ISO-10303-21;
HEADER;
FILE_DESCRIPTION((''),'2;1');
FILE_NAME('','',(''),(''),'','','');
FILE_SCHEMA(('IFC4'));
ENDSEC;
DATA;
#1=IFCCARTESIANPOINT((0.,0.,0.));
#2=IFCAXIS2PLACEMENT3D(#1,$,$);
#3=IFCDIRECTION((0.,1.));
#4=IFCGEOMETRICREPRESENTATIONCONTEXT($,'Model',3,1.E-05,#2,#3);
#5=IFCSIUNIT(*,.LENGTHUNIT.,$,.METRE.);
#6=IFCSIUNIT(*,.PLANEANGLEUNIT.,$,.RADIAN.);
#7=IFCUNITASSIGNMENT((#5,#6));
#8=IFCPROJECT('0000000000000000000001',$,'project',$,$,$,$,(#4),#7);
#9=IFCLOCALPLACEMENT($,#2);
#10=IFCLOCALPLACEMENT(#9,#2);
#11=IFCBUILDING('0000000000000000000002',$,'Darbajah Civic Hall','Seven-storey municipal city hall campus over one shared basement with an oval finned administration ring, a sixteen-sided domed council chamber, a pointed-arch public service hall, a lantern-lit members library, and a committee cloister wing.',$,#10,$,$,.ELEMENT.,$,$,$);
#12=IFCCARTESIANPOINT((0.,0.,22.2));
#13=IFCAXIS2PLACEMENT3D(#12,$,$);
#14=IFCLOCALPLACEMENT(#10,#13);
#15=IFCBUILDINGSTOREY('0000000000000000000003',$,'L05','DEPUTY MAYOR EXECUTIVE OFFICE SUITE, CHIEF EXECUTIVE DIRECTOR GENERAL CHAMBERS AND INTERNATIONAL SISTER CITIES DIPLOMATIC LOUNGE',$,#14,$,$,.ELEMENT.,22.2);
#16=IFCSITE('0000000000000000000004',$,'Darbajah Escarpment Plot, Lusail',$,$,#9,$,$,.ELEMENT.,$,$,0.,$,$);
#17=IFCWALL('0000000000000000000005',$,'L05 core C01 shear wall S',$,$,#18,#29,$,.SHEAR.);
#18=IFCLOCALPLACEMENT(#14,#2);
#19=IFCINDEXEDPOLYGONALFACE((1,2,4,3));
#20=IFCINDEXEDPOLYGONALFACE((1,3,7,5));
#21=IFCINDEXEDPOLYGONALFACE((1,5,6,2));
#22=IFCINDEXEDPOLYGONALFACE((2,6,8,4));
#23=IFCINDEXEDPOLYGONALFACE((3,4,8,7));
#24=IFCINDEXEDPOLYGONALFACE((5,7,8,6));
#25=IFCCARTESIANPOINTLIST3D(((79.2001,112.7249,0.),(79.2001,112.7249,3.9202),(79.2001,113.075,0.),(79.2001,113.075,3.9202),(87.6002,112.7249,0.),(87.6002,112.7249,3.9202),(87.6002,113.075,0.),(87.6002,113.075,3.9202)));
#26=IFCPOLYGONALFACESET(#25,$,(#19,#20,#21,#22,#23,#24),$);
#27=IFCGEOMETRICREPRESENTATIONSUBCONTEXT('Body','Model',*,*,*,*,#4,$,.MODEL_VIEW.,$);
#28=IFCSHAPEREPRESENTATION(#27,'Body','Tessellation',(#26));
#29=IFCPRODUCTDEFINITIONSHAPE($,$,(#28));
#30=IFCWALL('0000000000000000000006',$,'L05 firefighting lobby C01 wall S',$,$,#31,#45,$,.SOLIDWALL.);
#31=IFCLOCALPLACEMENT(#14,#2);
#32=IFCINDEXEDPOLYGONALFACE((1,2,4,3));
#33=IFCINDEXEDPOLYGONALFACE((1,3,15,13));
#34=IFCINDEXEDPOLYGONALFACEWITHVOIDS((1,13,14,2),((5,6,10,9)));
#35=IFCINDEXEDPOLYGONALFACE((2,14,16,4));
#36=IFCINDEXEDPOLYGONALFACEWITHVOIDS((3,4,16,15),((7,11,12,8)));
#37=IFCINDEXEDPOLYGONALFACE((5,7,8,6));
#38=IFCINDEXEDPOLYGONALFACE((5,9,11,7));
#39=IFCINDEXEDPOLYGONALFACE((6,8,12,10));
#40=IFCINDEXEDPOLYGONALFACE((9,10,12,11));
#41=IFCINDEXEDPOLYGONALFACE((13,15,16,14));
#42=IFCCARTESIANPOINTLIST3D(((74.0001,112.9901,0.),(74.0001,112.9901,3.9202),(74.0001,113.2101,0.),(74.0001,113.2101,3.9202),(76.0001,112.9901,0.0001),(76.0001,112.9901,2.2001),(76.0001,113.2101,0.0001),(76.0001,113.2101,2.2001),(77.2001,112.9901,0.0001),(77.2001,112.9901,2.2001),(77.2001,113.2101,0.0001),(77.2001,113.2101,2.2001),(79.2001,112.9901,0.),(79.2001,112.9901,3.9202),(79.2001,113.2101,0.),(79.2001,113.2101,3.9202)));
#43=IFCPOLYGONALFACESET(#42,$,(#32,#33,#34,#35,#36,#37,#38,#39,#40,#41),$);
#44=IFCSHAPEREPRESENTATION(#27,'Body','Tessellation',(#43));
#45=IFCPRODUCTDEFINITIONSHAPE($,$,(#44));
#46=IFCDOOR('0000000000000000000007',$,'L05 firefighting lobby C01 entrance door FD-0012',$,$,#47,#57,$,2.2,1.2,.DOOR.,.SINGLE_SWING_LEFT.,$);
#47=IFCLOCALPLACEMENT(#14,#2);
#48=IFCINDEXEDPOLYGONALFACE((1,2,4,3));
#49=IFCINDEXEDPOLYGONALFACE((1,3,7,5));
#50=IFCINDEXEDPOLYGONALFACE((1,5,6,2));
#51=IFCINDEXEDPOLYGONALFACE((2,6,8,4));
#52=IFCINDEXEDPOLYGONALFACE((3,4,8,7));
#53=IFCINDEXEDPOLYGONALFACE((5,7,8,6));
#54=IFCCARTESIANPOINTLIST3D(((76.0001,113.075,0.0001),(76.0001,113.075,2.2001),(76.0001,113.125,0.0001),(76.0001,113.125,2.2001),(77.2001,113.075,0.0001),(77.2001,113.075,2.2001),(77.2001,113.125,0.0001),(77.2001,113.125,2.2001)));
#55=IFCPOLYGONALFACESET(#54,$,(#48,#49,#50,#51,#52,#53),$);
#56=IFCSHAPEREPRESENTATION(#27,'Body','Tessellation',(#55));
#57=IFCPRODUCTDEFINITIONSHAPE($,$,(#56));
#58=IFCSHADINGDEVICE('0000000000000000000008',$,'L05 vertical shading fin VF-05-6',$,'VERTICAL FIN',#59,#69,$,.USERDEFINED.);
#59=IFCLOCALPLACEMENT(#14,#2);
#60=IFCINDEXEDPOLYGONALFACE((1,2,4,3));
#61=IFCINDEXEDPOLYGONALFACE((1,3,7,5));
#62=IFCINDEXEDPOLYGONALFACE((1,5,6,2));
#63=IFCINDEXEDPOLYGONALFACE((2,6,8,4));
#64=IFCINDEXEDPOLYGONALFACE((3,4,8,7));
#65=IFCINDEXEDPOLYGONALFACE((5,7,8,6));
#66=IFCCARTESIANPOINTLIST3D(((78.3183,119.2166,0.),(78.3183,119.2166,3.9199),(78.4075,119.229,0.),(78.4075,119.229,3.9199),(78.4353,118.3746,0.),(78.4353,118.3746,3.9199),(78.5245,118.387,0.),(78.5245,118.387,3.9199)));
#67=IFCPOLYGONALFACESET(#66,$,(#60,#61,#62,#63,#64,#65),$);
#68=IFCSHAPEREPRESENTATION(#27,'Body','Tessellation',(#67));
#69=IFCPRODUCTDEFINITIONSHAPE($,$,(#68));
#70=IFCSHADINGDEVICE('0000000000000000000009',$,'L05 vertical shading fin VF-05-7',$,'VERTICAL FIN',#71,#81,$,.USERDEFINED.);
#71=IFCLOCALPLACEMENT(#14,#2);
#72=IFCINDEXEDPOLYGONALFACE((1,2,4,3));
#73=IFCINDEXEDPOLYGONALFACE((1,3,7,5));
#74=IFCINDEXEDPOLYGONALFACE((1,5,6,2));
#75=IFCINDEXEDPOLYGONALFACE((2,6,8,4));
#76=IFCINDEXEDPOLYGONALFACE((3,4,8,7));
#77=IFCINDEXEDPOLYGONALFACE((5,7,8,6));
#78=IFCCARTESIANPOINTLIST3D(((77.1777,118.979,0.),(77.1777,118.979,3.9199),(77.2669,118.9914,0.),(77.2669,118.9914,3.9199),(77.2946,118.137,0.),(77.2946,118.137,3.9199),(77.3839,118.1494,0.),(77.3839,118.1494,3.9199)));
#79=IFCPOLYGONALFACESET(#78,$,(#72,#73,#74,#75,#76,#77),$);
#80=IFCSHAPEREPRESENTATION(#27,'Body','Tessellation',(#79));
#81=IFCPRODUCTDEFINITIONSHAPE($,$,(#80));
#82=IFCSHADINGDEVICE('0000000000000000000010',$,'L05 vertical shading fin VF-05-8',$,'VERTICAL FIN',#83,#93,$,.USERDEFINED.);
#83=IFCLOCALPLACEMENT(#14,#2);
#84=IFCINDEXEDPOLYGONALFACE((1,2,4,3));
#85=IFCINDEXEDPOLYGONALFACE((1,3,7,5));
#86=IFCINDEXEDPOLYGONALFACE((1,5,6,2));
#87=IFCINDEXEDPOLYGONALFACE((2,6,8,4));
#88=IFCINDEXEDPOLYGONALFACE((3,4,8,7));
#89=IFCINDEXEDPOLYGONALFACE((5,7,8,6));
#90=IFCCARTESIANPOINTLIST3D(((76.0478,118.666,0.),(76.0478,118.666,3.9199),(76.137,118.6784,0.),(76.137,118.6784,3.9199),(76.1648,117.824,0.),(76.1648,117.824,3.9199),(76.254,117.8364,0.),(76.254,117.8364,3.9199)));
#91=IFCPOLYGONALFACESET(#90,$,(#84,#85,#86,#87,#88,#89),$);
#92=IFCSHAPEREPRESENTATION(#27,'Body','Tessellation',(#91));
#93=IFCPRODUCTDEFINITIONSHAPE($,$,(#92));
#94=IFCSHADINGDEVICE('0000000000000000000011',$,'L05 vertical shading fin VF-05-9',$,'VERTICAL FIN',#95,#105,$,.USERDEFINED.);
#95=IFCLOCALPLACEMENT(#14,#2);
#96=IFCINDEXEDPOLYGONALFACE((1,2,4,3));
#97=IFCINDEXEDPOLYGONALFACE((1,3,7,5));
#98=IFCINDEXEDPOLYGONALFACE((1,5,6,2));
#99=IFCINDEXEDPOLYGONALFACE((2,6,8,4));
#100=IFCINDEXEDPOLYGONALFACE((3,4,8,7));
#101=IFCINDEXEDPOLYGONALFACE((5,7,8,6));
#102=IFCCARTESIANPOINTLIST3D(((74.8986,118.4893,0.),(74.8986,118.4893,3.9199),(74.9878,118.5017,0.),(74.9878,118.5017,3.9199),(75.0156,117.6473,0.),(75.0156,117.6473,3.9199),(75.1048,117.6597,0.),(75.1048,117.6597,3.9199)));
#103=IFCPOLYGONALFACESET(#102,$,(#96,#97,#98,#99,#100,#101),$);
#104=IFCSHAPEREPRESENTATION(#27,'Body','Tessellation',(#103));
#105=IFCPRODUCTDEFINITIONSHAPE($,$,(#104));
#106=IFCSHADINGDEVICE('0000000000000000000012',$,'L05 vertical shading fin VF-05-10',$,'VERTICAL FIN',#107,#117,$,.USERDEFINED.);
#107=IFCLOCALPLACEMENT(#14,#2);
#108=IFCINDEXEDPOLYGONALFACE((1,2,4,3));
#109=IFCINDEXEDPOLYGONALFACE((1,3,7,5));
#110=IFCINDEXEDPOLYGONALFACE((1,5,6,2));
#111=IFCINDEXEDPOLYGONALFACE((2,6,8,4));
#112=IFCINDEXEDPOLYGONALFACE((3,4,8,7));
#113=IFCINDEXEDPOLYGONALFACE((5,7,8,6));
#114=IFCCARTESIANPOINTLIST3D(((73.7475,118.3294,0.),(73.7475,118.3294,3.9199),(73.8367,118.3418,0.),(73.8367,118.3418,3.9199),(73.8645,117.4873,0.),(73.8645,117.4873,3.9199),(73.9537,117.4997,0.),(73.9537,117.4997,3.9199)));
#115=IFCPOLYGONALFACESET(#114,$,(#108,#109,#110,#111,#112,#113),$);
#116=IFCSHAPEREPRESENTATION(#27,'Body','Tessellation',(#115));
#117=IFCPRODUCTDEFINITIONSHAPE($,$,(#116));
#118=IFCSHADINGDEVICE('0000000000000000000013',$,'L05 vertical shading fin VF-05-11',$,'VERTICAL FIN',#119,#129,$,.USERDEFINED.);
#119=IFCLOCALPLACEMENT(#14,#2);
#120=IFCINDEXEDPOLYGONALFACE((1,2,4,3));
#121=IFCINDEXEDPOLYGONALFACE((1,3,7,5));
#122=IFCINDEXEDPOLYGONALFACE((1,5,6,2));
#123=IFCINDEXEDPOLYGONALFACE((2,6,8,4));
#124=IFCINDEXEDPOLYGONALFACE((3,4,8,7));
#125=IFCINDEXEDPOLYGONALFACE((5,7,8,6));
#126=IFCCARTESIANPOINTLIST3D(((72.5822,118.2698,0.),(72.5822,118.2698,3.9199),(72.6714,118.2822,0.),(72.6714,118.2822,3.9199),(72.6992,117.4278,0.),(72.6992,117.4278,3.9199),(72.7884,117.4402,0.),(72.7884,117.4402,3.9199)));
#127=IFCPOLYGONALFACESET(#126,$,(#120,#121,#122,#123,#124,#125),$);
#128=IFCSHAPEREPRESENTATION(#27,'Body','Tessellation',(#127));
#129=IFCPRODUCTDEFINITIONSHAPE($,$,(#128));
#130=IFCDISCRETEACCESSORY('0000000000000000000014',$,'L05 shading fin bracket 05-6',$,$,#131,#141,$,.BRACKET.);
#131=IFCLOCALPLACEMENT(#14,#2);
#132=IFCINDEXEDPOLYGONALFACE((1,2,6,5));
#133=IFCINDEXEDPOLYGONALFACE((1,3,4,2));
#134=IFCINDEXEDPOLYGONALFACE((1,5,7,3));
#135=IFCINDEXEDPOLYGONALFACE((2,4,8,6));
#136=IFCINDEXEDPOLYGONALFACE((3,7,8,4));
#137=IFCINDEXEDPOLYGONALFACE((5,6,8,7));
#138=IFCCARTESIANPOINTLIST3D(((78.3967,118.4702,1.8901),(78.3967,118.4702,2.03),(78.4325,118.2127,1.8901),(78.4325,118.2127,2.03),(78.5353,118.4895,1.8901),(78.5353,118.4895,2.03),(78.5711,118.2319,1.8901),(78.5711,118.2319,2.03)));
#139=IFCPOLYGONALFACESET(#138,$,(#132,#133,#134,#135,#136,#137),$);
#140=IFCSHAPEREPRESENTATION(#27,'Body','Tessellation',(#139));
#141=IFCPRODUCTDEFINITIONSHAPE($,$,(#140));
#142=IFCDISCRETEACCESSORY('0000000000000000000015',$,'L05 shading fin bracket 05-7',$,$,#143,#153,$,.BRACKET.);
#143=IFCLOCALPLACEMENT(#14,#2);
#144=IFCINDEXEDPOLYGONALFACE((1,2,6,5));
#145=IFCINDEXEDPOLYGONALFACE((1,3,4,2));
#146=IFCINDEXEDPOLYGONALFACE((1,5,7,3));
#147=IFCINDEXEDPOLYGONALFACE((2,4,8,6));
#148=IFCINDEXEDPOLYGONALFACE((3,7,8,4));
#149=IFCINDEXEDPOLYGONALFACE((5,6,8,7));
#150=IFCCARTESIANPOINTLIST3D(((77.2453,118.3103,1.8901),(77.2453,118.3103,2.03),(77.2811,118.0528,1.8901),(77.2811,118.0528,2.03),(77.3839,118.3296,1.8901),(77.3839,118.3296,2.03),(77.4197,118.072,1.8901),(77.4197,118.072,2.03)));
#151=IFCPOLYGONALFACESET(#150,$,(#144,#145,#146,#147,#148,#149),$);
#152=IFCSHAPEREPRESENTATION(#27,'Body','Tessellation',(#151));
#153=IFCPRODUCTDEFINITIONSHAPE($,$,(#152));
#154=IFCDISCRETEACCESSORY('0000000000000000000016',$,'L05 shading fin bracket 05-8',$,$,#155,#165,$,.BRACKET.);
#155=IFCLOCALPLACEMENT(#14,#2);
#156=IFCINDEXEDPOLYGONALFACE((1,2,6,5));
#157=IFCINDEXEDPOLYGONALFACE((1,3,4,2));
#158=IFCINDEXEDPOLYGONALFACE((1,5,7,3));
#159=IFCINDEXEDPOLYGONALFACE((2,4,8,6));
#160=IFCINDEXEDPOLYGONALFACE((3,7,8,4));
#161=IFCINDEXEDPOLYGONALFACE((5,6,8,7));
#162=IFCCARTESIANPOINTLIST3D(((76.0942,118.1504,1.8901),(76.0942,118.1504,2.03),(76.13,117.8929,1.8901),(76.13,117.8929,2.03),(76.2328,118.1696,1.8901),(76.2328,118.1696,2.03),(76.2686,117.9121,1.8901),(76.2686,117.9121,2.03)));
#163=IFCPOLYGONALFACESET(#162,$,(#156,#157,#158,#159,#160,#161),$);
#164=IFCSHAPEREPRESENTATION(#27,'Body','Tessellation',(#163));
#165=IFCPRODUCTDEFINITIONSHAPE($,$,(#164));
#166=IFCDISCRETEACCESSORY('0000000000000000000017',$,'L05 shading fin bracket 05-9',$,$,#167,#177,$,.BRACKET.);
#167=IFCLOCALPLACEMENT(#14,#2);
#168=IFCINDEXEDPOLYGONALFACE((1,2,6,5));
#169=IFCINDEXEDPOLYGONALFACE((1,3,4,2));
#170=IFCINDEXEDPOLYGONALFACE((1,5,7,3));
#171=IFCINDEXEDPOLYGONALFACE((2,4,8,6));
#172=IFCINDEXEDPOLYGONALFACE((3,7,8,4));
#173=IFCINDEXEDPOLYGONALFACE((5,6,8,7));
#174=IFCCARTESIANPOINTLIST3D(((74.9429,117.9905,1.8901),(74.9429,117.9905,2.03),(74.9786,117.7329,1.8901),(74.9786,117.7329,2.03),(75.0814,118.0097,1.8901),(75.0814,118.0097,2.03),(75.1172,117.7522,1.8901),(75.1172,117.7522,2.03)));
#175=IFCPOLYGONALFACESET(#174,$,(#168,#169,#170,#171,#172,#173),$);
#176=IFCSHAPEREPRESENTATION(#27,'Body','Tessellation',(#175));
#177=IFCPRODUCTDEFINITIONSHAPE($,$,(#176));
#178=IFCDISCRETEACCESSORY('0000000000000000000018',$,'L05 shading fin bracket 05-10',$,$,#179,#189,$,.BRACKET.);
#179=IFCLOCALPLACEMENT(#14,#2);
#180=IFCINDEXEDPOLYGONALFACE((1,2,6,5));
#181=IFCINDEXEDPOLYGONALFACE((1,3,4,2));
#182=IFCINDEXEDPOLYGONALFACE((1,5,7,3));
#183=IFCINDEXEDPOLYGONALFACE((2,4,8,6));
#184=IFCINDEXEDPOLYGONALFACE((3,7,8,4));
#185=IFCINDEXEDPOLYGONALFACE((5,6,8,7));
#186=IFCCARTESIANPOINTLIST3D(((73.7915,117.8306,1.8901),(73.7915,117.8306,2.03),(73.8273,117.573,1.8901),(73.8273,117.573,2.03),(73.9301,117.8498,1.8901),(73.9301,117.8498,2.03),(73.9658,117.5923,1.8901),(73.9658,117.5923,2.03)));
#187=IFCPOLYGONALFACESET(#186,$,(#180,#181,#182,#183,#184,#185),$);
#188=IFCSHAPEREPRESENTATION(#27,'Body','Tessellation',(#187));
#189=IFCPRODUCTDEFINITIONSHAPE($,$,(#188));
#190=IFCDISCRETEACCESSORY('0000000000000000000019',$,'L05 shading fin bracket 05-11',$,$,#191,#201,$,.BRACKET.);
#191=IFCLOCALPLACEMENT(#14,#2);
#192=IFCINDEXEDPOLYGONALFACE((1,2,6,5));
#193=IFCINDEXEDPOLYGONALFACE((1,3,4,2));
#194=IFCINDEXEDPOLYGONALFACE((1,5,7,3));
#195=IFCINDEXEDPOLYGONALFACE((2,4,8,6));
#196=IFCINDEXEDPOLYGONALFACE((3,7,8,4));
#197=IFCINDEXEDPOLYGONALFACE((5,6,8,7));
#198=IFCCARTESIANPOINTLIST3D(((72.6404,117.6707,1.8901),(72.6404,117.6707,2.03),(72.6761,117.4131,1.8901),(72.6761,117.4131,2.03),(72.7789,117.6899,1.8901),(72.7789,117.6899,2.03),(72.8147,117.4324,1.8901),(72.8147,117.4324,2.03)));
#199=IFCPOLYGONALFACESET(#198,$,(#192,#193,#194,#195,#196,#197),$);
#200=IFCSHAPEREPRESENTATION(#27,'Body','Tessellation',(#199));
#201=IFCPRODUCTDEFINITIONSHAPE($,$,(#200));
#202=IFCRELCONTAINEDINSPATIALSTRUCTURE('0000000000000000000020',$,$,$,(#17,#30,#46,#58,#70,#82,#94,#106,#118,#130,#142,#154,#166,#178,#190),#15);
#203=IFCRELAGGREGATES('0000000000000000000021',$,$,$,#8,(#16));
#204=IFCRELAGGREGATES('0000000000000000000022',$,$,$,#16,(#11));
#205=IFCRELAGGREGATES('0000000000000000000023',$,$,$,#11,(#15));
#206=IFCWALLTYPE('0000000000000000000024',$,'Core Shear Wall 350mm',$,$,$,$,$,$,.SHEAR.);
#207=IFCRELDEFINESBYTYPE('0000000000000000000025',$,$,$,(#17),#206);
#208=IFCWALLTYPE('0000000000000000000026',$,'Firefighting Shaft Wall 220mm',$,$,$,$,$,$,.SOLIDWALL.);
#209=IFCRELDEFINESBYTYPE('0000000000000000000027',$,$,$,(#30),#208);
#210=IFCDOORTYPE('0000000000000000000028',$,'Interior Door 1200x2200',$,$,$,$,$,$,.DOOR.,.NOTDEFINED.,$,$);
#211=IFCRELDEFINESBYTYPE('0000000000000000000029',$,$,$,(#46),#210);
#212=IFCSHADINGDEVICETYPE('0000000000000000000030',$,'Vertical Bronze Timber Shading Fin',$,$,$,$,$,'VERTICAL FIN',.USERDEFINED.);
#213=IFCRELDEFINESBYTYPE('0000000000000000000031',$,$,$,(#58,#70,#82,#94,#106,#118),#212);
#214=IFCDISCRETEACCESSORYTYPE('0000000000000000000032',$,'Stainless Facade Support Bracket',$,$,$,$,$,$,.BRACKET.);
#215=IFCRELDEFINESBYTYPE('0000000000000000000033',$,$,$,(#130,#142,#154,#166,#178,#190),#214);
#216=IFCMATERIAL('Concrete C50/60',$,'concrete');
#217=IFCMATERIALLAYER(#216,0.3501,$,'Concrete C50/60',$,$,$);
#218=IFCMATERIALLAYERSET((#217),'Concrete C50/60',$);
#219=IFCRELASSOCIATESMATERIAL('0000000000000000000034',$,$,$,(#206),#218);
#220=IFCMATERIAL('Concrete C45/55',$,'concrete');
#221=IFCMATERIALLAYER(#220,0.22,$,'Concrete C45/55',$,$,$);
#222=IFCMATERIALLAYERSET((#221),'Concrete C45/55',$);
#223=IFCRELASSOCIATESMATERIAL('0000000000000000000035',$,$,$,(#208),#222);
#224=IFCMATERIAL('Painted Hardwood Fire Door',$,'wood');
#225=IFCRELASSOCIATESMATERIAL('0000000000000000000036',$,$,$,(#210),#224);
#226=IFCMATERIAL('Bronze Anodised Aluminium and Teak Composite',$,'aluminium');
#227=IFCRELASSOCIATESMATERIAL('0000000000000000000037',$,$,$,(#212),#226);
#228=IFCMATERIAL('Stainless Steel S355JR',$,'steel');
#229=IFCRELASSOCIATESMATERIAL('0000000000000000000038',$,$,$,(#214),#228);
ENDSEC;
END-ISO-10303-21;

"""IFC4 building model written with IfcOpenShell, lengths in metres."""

from ifc_helpers import new_model, si_unit, direction, frame, frame_2d, origin, origin_2d, place, context, subcontext, project, spatial, rectangle, extrude, material, layer, layer_set, type_object, element, fill, save


model = new_model("IFC4")

# Units and contexts
model_context = context("Model", 3, precision=1e-05, world=origin(), true_north=direction((0.0, 1.0)))
body_context = subcontext(model_context, "Body", "Model", "MODEL_VIEW")
ifc_project = project(units=[si_unit("LENGTHUNIT", "METRE"), si_unit("PLANEANGLEUNIT", "RADIAN")], contexts=[model_context])

# Site, building, storey
site_placement = place(None, origin())
site = spatial("IfcSite", under=ifc_project, at=site_placement, Name="Darbajah Escarpment Plot, Lusail", CompositionType="ELEMENT", RefElevation=0.0)
building_placement = place(site_placement, origin())
building = spatial("IfcBuilding", under=site, at=building_placement, Name="Darbajah Civic Hall", Description="Seven-storey municipal city hall campus over one shared basement with an oval finned administration ring, a sixteen-sided domed council chamber, a pointed-arch public service hall, a lantern-lit members library, and a committee cloister wing.", CompositionType="ELEMENT")
storey_placement = place(building_placement, frame((0.0, 0.0, 22.2)))
storey = spatial("IfcBuildingStorey", under=building, at=storey_placement, Name="L05", Description="DEPUTY MAYOR EXECUTIVE OFFICE SUITE, CHIEF EXECUTIVE DIRECTOR GENERAL CHAMBERS AND INTERNATIONAL SISTER CITIES DIPLOMATIC LOUNGE", CompositionType="ELEMENT", Elevation=22.2)

# Shared definitions
ifc_material_1 = material(Name="Concrete C45/55", Category="concrete")

# Wall
ifc_material_2 = material(Name="Concrete C50/60", Category="concrete")
ifc_layer_1 = layer(ifc_material_2, 0.3501, Name="Concrete C50/60")
ifc_layer_set_1 = layer_set([ifc_layer_1], Name="Concrete C50/60")
wall_type_1 = type_object("IfcWallType", Name="Core Shear Wall 350mm", PredefinedType="SHEAR", material=ifc_layer_set_1)
wall_1_placement = place(storey_placement, frame((79.2, 112.8999, 0.0), z_axis=(0.0, 0.0, 1.0), x_axis=(1.0, 0.0, 0.0)))
element("IfcWall", 1, at=wall_1_placement, inside=storey, type_object=wall_type_1, Name="L05 core C01 shear wall S", PredefinedType="SHEAR", context=body_context, shape_type="SweptSolid", body=[
    extrude(rectangle(XDim=8.4001, YDim=0.3501, at=frame_2d((4.2002, 0.0))), origin(), (0.0, 0.0, 1.0), 3.9202),
])

# Wall, opening, door
ifc_layer_2 = layer(ifc_material_1, 0.22, Name="Concrete C45/55")
ifc_layer_set_2 = layer_set([ifc_layer_2], Name="Concrete C45/55")
wall_type_2 = type_object("IfcWallType", Name="Firefighting Shaft Wall 220mm", PredefinedType="SOLIDWALL", material=ifc_layer_set_2)
wall_2_placement = place(storey_placement, frame((74.0, 113.1001, 0.0), z_axis=(0.0, 0.0, 1.0), x_axis=(1.0, 0.0, 0.0)))
wall_2 = element("IfcWall", 2, at=wall_2_placement, inside=storey, type_object=wall_type_2, Name="L05 firefighting lobby C01 wall S", PredefinedType="SOLIDWALL", context=body_context, shape_type="SweptSolid", body=[
    extrude(rectangle(XDim=5.2, YDim=0.22, at=frame_2d((2.6001, 0.0))), origin(), (0.0, 0.0, 1.0), 3.9202),
])
opening_1_placement = place(wall_2_placement, frame((2.0, 0.0, 0.0)))
opening_1 = element("IfcOpeningElement", 3, at=opening_1_placement, cuts=wall_2, PredefinedType="OPENING", context=body_context, shape_type="SweptSolid", body=[
    extrude(rectangle(XDim=1.2, YDim=2.2, at=frame_2d((0.6001, 1.1001))), frame((0.0, 0.1199, 0.0), z_axis=(0.0, -1.0, 0.0), x_axis=(1.0, 0.0, 0.0)), (0.0, 0.0, 1.0), 0.24),
])
ifc_material_3 = material(Name="Painted Hardwood Fire Door", Category="wood")
door_type_1 = type_object("IfcDoorType", Name="Interior Door 1200x2200", OperationType="NOTDEFINED", PredefinedType="DOOR", material=ifc_material_3)
door_1_placement = place(opening_1_placement, origin())
door_1 = element("IfcDoor", 4, at=door_1_placement, inside=storey, type_object=door_type_1, Name="L05 firefighting lobby C01 entrance door FD-0012", OperationType="SINGLE_SWING_LEFT", OverallHeight=2.2, OverallWidth=1.2, PredefinedType="DOOR", context=body_context, shape_type="SweptSolid", body=[
    extrude(rectangle(XDim=1.2, YDim=2.2, at=frame_2d((0.6001, 1.1001))), frame((0.0, 0.0249, 0.0), z_axis=(0.0, -1.0, 0.0), x_axis=(1.0, 0.0, 0.0)), (0.0, 0.0, 1.0), 0.05),
])
fill(opening_1, door_1)

# Shading devices
ifc_material_4 = material(Name="Bronze Anodised Aluminium and Teak Composite", Category="aluminium")
shading_device_type = type_object("IfcShadingDeviceType", Name="Vertical Bronze Timber Shading Fin", ElementType="VERTICAL FIN", PredefinedType="USERDEFINED", material=ifc_material_4)
for number, where, z_axis, x_axis, name in (
    (5, (78.4214, 118.8018, 0.0), (0.0, 0.0, 1.0), (-0.137617, 0.990485, 0.0), "L05 vertical shading fin VF-05-6"),
    (6, (77.2808, 118.5642, 0.0), (0.0, 0.0, 1.0), (-0.137617, 0.990485, 0.0), "L05 vertical shading fin VF-05-7"),
    (7, (76.1509, 118.2512, 0.0), (0.0, 0.0, 1.0), (-0.137617, 0.990485, 0.0), "L05 vertical shading fin VF-05-8"),
    (8, (75.0017, 118.0745, 0.0), (0.0, 0.0, 1.0), (-0.137617, 0.990485, 0.0), "L05 vertical shading fin VF-05-9"),
    (9, (73.8506, 117.9146, 0.0), (0.0, 0.0, 1.0), (-0.137617, 0.990485, 0.0), "L05 vertical shading fin VF-05-10"),
    (10, (72.6853, 117.855, 0.0), (0.0, 0.0, 1.0), (-0.137617, 0.990485, 0.0), "L05 vertical shading fin VF-05-11"),
):
    element("IfcShadingDevice", number, at=place(storey_placement, frame(where, z_axis=z_axis, x_axis=x_axis)), inside=storey, type_object=shading_device_type, Name=name, ObjectType="VERTICAL FIN", PredefinedType="USERDEFINED", context=body_context, shape_type="SweptSolid", body=[
        extrude(rectangle(XDim=0.8501, YDim=0.0901, at=origin_2d()), origin(), (0.0, 0.0, 1.0), 3.9199),
    ])

# Discrete accessories
ifc_material_5 = material(Name="Stainless Steel S355JR", Category="steel")
discrete_accessory_type = type_object("IfcDiscreteAccessoryType", Name="Stainless Facade Support Bracket", PredefinedType="BRACKET", material=ifc_material_5)
for number, where, z_axis, x_axis, name in (
    (11, (78.4839, 118.3511, 1.8901), (0.0, 0.0, 1.0), (-0.137617, 0.990485, 0.0), "L05 shading fin bracket 05-6"),
    (12, (77.3325, 118.1912, 1.8901), (0.0, 0.0, 1.0), (-0.137617, 0.990485, 0.0), "L05 shading fin bracket 05-7"),
    (13, (76.1814, 118.0312, 1.8901), (0.0, 0.0, 1.0), (-0.137617, 0.990485, 0.0), "L05 shading fin bracket 05-8"),
    (14, (75.03, 117.8713, 1.8901), (0.0, 0.0, 1.0), (-0.137617, 0.990485, 0.0), "L05 shading fin bracket 05-9"),
    (15, (73.8787, 117.7114, 1.8901), (0.0, 0.0, 1.0), (-0.137617, 0.990485, 0.0), "L05 shading fin bracket 05-10"),
    (16, (72.7275, 117.5515, 1.8901), (0.0, 0.0, 1.0), (-0.137617, 0.990485, 0.0), "L05 shading fin bracket 05-11"),
):
    element("IfcDiscreteAccessory", number, at=place(storey_placement, frame(where, z_axis=z_axis, x_axis=x_axis)), inside=storey, type_object=discrete_accessory_type, Name=name, PredefinedType="BRACKET", context=body_context, shape_type="SweptSolid", body=[
        extrude(rectangle(XDim=0.26, YDim=0.1399, at=origin_2d()), origin(), (0.0, 0.0, 1.0), 0.1399),
    ])

save(model, "model.ifc")
